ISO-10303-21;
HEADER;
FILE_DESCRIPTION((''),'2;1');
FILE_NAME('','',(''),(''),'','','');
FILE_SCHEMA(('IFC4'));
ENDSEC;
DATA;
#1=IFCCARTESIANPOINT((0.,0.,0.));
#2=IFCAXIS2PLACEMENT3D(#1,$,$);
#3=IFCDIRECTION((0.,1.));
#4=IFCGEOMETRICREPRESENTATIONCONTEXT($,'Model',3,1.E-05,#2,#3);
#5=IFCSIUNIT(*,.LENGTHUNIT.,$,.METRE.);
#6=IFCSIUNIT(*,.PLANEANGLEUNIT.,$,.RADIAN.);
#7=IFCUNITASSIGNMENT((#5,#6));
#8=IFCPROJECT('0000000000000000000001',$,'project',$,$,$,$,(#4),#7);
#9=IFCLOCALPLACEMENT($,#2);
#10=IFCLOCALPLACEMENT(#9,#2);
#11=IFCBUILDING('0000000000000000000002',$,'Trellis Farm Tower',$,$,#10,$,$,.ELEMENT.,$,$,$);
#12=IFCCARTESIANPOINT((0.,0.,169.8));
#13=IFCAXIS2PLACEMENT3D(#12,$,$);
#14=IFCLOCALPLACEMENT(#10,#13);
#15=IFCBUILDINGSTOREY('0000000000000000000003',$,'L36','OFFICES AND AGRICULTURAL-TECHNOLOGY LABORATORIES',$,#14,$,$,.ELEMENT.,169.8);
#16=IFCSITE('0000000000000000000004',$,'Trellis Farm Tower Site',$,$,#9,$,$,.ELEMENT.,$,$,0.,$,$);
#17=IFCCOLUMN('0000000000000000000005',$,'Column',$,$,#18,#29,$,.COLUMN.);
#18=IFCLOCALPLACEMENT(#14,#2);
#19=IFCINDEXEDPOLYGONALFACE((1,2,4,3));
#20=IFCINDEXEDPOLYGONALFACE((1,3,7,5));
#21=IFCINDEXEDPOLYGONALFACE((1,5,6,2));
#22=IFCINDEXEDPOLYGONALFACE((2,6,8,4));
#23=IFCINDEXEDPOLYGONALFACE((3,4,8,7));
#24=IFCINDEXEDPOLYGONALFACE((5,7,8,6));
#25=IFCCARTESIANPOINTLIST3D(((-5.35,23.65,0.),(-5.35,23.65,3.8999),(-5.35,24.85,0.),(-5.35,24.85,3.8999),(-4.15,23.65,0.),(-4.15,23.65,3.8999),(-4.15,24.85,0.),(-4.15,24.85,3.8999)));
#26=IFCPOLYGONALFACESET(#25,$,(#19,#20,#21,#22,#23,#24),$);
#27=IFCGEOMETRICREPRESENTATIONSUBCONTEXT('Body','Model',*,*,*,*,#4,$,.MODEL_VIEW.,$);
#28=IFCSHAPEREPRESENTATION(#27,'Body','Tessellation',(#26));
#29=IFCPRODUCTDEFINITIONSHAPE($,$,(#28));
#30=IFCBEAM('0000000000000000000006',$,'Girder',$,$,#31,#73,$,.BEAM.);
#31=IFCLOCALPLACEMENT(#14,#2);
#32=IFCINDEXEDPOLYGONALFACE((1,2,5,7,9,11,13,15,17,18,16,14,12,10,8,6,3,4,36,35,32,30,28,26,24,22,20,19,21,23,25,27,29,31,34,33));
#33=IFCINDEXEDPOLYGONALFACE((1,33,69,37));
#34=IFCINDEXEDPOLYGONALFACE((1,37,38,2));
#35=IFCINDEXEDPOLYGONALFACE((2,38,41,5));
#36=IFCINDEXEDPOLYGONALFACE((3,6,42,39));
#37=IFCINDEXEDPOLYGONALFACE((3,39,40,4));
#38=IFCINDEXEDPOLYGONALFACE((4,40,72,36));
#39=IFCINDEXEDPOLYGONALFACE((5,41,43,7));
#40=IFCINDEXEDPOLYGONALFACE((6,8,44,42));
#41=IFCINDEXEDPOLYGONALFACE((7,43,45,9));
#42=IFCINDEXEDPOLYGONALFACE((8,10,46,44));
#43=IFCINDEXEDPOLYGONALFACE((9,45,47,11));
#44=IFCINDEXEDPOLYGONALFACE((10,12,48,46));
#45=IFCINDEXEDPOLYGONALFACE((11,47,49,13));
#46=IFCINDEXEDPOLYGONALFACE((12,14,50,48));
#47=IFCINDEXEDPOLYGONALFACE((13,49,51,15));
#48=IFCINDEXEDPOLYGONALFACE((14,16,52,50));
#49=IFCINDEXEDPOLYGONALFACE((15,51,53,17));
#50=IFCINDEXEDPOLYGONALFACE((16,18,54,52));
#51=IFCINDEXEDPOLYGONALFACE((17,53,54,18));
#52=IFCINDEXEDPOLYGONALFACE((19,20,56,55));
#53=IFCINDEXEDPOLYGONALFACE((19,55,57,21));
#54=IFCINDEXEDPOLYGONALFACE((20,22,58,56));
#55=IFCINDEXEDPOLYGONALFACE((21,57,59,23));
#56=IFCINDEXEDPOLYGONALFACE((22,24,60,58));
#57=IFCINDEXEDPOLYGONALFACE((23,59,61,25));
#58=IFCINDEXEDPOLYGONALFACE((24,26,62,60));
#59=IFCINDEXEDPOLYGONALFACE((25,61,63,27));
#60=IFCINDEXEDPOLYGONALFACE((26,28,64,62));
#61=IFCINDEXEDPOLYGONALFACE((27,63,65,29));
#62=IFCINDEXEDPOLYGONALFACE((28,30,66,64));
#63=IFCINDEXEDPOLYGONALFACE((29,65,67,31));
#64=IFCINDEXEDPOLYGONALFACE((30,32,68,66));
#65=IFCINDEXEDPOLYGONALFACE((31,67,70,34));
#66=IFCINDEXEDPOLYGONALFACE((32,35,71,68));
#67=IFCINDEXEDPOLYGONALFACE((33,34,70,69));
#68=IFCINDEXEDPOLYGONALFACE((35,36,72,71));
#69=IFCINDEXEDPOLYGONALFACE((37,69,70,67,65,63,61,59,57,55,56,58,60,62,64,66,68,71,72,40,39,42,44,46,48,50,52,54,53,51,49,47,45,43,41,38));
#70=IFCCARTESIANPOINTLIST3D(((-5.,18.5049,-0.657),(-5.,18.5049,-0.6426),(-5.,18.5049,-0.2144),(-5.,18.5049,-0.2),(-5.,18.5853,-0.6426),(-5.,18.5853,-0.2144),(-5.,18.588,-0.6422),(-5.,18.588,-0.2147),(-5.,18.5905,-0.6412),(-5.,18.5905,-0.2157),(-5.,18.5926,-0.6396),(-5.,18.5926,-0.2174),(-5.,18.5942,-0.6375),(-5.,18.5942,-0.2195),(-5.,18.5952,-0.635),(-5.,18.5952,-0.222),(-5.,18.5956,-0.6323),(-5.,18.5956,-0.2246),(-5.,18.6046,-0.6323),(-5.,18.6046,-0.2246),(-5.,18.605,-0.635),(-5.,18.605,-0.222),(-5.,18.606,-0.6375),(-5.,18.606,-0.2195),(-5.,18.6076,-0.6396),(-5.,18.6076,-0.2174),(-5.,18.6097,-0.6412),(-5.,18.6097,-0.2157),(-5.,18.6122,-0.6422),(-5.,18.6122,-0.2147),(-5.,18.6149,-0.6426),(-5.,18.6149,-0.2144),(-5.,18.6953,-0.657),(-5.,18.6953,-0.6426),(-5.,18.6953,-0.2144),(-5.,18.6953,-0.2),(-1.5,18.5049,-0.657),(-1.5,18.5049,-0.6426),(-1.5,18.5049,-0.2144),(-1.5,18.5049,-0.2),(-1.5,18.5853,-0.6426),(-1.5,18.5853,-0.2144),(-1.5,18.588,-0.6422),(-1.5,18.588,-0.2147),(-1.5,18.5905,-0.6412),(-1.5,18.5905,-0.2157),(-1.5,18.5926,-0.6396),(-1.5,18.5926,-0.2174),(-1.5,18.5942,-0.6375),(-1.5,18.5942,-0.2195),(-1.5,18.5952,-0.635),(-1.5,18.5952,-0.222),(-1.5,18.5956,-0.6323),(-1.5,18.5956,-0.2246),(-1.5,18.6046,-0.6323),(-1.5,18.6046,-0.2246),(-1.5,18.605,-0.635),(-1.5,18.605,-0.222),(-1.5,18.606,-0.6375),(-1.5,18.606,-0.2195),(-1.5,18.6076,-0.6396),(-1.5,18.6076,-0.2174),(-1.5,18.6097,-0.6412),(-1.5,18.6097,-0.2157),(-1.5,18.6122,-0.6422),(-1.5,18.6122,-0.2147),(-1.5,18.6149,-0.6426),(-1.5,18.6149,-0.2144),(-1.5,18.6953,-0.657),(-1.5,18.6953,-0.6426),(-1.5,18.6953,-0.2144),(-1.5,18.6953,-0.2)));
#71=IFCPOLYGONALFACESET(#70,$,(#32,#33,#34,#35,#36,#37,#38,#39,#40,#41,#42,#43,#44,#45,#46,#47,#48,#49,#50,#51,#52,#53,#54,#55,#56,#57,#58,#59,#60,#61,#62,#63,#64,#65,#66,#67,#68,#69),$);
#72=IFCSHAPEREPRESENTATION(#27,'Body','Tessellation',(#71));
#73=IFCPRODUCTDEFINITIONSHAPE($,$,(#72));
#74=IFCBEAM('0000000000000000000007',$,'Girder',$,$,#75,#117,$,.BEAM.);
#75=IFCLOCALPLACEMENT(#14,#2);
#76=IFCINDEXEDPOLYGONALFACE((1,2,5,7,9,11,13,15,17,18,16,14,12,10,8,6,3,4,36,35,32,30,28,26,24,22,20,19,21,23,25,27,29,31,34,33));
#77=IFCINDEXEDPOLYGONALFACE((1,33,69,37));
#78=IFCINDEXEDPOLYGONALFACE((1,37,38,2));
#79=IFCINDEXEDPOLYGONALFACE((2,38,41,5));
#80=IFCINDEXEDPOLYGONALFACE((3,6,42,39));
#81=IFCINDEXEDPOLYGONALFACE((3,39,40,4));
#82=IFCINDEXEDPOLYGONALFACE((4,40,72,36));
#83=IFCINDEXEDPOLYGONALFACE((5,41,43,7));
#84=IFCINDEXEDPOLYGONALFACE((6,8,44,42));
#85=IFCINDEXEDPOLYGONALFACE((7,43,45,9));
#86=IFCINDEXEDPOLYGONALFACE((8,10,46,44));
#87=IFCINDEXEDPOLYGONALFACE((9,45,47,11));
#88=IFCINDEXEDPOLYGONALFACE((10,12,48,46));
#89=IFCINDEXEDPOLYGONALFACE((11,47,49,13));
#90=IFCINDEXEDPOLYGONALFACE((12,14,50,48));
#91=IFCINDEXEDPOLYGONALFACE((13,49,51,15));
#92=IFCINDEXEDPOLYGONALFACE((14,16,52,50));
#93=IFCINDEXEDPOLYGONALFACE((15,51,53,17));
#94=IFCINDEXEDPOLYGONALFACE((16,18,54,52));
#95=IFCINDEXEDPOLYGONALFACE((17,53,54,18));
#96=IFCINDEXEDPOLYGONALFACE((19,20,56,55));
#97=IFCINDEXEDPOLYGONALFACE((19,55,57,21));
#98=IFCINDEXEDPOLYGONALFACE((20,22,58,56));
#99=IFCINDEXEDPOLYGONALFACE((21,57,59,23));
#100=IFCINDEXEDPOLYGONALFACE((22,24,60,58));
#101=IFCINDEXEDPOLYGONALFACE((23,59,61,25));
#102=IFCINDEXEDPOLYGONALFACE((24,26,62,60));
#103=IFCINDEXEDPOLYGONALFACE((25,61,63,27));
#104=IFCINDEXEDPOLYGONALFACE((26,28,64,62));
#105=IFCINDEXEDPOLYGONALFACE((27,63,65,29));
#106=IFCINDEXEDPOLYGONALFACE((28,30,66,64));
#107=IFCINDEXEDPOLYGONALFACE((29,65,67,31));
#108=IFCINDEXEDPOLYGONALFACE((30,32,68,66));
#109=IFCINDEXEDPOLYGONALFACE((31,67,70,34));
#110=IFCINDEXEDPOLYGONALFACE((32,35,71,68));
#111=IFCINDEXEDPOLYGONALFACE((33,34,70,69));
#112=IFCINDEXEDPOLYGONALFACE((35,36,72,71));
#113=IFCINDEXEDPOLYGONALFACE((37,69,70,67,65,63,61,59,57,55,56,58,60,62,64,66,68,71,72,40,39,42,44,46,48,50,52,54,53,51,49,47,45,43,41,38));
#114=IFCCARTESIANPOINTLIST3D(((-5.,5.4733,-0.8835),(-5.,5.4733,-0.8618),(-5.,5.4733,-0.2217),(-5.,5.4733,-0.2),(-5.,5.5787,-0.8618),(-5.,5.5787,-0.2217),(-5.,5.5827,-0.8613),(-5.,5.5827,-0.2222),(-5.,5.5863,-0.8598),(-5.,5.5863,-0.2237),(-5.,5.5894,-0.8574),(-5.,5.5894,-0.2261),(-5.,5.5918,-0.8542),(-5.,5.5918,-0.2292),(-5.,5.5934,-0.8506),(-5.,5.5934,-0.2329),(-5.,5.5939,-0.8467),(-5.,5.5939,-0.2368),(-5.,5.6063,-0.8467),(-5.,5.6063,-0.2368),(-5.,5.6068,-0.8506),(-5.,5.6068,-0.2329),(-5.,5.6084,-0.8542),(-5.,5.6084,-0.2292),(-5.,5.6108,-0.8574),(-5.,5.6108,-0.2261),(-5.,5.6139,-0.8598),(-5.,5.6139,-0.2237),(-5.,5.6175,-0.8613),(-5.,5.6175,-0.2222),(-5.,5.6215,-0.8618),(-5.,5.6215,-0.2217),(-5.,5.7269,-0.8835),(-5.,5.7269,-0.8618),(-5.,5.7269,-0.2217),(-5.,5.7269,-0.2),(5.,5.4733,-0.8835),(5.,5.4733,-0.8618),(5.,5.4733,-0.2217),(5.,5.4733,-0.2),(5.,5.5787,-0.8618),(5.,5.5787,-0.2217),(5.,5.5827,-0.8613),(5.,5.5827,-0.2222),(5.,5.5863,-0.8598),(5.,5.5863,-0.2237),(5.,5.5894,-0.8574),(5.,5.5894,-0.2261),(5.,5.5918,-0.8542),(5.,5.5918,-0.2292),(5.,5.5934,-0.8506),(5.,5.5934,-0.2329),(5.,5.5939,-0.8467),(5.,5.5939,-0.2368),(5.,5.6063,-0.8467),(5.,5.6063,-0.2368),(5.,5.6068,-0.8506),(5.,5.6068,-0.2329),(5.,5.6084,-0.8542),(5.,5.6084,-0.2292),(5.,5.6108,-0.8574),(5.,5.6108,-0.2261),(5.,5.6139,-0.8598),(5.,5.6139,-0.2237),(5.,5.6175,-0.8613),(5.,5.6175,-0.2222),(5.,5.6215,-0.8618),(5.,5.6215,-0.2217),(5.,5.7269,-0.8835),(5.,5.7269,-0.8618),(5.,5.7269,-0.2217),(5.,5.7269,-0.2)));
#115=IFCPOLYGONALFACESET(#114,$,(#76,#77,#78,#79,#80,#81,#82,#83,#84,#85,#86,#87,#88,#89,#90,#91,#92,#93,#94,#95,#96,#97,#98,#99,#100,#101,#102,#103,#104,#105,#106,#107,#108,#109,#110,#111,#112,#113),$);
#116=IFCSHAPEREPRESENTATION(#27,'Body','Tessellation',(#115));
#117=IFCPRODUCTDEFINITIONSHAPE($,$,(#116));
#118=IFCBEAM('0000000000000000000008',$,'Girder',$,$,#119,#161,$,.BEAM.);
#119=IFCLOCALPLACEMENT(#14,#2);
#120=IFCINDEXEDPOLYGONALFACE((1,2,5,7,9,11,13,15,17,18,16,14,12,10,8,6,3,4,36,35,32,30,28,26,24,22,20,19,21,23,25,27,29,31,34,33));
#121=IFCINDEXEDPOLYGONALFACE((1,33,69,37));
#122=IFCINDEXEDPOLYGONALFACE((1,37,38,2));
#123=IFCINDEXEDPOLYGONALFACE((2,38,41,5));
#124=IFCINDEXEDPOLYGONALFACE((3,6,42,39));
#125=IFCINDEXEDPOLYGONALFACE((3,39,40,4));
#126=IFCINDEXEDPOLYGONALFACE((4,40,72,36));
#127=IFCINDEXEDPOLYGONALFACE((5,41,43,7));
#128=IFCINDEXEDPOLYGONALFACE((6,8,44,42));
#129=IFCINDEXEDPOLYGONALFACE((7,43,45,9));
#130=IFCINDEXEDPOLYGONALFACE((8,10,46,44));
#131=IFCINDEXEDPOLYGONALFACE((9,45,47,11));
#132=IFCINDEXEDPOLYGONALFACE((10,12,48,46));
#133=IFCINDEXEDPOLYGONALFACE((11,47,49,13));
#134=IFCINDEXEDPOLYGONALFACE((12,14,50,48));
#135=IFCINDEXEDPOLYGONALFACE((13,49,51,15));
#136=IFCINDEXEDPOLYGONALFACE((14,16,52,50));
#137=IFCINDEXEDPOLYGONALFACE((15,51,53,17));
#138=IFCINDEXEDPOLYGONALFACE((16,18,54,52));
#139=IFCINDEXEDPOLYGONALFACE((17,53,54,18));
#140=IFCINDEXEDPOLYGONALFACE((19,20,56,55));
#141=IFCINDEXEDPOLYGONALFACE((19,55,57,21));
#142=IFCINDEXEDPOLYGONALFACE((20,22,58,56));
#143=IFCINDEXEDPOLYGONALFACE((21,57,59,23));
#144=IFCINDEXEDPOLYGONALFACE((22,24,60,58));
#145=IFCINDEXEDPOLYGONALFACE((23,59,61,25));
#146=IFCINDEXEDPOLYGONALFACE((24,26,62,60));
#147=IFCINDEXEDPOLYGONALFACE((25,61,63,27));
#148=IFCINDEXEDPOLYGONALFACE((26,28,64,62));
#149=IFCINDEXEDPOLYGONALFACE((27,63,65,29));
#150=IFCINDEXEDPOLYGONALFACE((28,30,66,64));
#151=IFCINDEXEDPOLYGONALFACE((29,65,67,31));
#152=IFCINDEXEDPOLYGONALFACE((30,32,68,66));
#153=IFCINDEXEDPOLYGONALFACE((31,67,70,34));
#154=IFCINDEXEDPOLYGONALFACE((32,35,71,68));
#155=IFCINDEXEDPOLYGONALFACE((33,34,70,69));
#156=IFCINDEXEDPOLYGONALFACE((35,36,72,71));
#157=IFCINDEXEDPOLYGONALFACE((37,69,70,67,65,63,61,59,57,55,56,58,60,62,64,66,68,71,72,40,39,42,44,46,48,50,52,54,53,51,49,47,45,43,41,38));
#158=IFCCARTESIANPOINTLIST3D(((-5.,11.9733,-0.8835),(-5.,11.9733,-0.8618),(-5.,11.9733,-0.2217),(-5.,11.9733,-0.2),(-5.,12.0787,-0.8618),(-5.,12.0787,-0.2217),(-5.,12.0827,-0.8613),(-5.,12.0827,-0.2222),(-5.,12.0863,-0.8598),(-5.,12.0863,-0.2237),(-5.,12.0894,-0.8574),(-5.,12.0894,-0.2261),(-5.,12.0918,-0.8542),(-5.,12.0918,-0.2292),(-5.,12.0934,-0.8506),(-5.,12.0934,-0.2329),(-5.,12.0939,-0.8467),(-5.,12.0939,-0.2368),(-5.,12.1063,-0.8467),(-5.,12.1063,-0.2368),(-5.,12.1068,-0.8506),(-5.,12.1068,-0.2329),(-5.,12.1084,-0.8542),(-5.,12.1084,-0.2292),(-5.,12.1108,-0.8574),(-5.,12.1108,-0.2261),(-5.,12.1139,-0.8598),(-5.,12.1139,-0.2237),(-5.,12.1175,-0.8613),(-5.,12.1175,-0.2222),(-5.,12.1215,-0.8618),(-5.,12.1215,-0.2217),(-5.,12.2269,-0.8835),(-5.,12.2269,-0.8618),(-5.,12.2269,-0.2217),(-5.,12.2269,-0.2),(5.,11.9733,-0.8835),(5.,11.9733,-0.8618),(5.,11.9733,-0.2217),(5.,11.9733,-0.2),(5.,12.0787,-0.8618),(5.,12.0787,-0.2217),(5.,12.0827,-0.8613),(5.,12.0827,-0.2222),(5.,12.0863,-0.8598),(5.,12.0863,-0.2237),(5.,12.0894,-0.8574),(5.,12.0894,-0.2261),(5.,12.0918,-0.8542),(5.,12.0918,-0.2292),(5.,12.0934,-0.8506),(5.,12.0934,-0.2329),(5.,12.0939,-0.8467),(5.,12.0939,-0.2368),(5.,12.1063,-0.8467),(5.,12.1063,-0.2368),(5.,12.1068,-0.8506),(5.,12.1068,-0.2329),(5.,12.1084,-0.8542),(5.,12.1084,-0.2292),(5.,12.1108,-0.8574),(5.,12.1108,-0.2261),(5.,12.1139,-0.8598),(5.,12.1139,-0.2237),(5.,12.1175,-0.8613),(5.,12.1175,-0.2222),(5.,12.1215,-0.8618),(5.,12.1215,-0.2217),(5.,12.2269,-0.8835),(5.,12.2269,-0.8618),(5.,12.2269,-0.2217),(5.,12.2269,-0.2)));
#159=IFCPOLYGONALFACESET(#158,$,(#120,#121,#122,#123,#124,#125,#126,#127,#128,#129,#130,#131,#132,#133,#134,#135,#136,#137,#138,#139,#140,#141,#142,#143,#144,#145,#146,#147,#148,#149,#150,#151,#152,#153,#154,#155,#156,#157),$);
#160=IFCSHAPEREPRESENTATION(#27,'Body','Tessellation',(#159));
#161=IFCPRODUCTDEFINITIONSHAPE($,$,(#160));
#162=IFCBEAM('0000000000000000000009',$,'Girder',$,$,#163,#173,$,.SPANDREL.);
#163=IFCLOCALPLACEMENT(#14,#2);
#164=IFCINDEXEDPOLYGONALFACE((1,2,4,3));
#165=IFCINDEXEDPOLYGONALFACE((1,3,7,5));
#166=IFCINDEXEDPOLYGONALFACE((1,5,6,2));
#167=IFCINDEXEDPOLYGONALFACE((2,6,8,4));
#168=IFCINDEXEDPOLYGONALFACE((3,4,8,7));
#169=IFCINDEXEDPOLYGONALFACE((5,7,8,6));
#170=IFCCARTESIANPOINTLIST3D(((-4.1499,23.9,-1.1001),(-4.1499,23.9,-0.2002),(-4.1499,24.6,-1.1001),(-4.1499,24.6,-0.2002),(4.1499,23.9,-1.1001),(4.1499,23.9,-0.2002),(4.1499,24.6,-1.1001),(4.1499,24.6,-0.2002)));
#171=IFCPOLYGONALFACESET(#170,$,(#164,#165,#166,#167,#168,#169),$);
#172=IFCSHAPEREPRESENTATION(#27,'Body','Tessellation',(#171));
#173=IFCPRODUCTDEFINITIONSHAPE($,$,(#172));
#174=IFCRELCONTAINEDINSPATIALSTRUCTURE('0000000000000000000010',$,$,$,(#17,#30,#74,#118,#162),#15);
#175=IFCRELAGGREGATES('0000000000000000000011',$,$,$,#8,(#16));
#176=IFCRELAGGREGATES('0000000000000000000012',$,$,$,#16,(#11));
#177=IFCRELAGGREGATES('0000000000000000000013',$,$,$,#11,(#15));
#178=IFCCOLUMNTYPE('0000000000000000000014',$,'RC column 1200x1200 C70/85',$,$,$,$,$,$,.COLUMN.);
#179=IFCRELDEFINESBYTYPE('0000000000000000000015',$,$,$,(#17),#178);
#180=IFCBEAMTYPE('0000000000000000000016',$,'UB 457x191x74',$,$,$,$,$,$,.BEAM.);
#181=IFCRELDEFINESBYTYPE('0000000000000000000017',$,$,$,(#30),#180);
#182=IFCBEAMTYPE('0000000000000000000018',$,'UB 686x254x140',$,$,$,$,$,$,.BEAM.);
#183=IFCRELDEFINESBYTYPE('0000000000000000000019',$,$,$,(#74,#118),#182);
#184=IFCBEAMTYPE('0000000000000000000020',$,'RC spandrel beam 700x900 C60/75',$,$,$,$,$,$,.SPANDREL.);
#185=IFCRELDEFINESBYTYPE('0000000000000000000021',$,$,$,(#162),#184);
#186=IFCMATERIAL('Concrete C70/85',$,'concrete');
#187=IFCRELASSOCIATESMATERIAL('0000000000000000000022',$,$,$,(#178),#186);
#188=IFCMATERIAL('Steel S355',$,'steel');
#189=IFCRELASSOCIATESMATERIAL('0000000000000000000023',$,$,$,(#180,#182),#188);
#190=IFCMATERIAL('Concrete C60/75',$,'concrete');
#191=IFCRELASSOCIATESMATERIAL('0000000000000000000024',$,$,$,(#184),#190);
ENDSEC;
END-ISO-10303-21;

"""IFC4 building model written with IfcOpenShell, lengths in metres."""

from ifc_helpers import new_model, si_unit, direction, frame, origin, origin_2d, place, context, subcontext, project, spatial, rectangle, i_section, extrude, source, transform, mapped, material, material_profile, profile_set, type_object, element, save


model = new_model("IFC4")

# Units and contexts
model_context = context("Model", 3, precision=1e-05, world=origin(), true_north=direction((0.0, 1.0)))
body_context = subcontext(model_context, "Body", "Model", "MODEL_VIEW")
ifc_project = project(units=[si_unit("LENGTHUNIT", "METRE"), si_unit("PLANEANGLEUNIT", "RADIAN")], contexts=[model_context])

# Site, building, storey
site_placement = place(None, origin())
site = spatial("IfcSite", under=ifc_project, at=site_placement, Name="Trellis Farm Tower Site", CompositionType="ELEMENT", RefElevation=0.0)
building_placement = place(site_placement, origin())
building = spatial("IfcBuilding", under=site, at=building_placement, Name="Trellis Farm Tower", CompositionType="ELEMENT")
storey_placement = place(building_placement, frame((0.0, 0.0, 169.8)))
storey = spatial("IfcBuildingStorey", under=building, at=storey_placement, Name="L36", Description="OFFICES AND AGRICULTURAL-TECHNOLOGY LABORATORIES", CompositionType="ELEMENT", Elevation=169.8)

# Column
ifc_material_1 = material(Name="Concrete C70/85", Category="concrete")
ifc_material_profile_1 = material_profile(ifc_material_1, rectangle(XDim=1.2, YDim=1.2, at=origin_2d()), Name="RC column 1200x1200 C70/85")
ifc_profile_set_1 = profile_set([ifc_material_profile_1], Name="Concrete C70/85")
column_type = type_object("IfcColumnType", Name="RC column 1200x1200 C70/85", PredefinedType="COLUMN", material=ifc_profile_set_1)
shared_shape_1 = source(origin(), body_context, "Body", "SweptSolid", [
    extrude(rectangle(XDim=1.2, YDim=1.2, at=origin_2d()), origin(), (0.0, 0.0, 1.0), 3.8999),
])
column_placement = place(storey_placement, frame((-4.75, 24.25, 0.0), z_axis=(0.0, 0.0, 1.0), x_axis=(1.0, 0.0, 0.0)))
element("IfcColumn", 1, at=column_placement, inside=storey, type_object=column_type, Name="Column", PredefinedType="COLUMN", context=body_context, shape_type="MappedRepresentation", body=[
    mapped(shared_shape_1, transform((0.0, 0.0, 0.0))),
])

# Beams
ifc_material_2 = material(Name="Steel S355", Category="steel")
ifc_material_profile_2 = material_profile(ifc_material_2, i_section(OverallWidth=0.1904, OverallDepth=0.457, WebThickness=0.009, FlangeThickness=0.0144, FilletRadius=0.0103, at=origin_2d()), Name="UB 457x191x74")
ifc_profile_set_2 = profile_set([ifc_material_profile_2], Name="Steel S355")
beam_type_1 = type_object("IfcBeamType", Name="UB 457x191x74", PredefinedType="BEAM", material=ifc_profile_set_2)
shared_shape_2 = source(origin(), body_context, "Body", "SweptSolid", [
    extrude(i_section(OverallWidth=0.1904, OverallDepth=0.457, WebThickness=0.009, FlangeThickness=0.0144, FilletRadius=0.0103, at=origin_2d()), origin(), (0.0, 0.0, 1.0), 3.5),
])
beam_1_placement = place(storey_placement, frame((-5.0, 18.6001, -0.4285), z_axis=(1.0, 0.0, 0.0), x_axis=(0.0, 1.0, 0.0)))
element("IfcBeam", 2, at=beam_1_placement, inside=storey, type_object=beam_type_1, Name="Girder", PredefinedType="BEAM", context=body_context, shape_type="MappedRepresentation", body=[
    mapped(shared_shape_2, transform((0.0, 0.0, 0.0))),
])
ifc_material_profile_3 = material_profile(ifc_material_2, i_section(OverallWidth=0.2537, OverallDepth=0.6836, WebThickness=0.0125, FlangeThickness=0.0217, FilletRadius=0.0151, at=origin_2d()), Name="UB 686x254x140")
ifc_profile_set_3 = profile_set([ifc_material_profile_3], Name="Steel S355")
beam_type_2 = type_object("IfcBeamType", Name="UB 686x254x140", PredefinedType="BEAM", material=ifc_profile_set_3)
shared_shape_3 = source(origin(), body_context, "Body", "SweptSolid", [
    extrude(i_section(OverallWidth=0.2537, OverallDepth=0.6836, WebThickness=0.0125, FlangeThickness=0.0217, FilletRadius=0.0151, at=origin_2d()), origin(), (0.0, 0.0, 1.0), 10.0),
])
for number, where, z_axis, x_axis, name in (
    (3, (-5.0, 5.6001, -0.5417), (1.0, 0.0, 0.0), (0.0, 1.0, 0.0), "Girder"),
    (4, (-5.0, 12.1001, -0.5417), (1.0, 0.0, 0.0), (0.0, 1.0, 0.0), "Girder"),
):
    element("IfcBeam", number, at=place(storey_placement, frame(where, z_axis=z_axis, x_axis=x_axis)), inside=storey, type_object=beam_type_2, Name=name, PredefinedType="BEAM", context=body_context, shape_type="MappedRepresentation", body=[
        mapped(shared_shape_3, transform((0.0, 0.0, 0.0))),
    ])
ifc_material_3 = material(Name="Concrete C60/75", Category="concrete")
ifc_material_profile_4 = material_profile(ifc_material_3, rectangle(XDim=0.7, YDim=0.8999, at=origin_2d()), Name="RC spandrel beam 700x900 C60/75")
ifc_profile_set_4 = profile_set([ifc_material_profile_4], Name="Concrete C60/75")
beam_type_3 = type_object("IfcBeamType", Name="RC spandrel beam 700x900 C60/75", PredefinedType="SPANDREL", material=ifc_profile_set_4)
shared_shape_4 = source(origin(), body_context, "Body", "SweptSolid", [
    extrude(rectangle(XDim=0.7, YDim=0.8999, at=origin_2d()), origin(), (0.0, 0.0, 1.0), 8.2998),
])
beam_2_placement = place(storey_placement, frame((-4.1499, 24.25, -0.6501), z_axis=(1.0, 0.0, 0.0), x_axis=(0.0, 1.0, 0.0)))
element("IfcBeam", 5, at=beam_2_placement, inside=storey, type_object=beam_type_3, Name="Girder", PredefinedType="SPANDREL", context=body_context, shape_type="MappedRepresentation", body=[
    mapped(shared_shape_4, transform((0.0, 0.0, 0.0))),
])

save(model, "model.ifc")
